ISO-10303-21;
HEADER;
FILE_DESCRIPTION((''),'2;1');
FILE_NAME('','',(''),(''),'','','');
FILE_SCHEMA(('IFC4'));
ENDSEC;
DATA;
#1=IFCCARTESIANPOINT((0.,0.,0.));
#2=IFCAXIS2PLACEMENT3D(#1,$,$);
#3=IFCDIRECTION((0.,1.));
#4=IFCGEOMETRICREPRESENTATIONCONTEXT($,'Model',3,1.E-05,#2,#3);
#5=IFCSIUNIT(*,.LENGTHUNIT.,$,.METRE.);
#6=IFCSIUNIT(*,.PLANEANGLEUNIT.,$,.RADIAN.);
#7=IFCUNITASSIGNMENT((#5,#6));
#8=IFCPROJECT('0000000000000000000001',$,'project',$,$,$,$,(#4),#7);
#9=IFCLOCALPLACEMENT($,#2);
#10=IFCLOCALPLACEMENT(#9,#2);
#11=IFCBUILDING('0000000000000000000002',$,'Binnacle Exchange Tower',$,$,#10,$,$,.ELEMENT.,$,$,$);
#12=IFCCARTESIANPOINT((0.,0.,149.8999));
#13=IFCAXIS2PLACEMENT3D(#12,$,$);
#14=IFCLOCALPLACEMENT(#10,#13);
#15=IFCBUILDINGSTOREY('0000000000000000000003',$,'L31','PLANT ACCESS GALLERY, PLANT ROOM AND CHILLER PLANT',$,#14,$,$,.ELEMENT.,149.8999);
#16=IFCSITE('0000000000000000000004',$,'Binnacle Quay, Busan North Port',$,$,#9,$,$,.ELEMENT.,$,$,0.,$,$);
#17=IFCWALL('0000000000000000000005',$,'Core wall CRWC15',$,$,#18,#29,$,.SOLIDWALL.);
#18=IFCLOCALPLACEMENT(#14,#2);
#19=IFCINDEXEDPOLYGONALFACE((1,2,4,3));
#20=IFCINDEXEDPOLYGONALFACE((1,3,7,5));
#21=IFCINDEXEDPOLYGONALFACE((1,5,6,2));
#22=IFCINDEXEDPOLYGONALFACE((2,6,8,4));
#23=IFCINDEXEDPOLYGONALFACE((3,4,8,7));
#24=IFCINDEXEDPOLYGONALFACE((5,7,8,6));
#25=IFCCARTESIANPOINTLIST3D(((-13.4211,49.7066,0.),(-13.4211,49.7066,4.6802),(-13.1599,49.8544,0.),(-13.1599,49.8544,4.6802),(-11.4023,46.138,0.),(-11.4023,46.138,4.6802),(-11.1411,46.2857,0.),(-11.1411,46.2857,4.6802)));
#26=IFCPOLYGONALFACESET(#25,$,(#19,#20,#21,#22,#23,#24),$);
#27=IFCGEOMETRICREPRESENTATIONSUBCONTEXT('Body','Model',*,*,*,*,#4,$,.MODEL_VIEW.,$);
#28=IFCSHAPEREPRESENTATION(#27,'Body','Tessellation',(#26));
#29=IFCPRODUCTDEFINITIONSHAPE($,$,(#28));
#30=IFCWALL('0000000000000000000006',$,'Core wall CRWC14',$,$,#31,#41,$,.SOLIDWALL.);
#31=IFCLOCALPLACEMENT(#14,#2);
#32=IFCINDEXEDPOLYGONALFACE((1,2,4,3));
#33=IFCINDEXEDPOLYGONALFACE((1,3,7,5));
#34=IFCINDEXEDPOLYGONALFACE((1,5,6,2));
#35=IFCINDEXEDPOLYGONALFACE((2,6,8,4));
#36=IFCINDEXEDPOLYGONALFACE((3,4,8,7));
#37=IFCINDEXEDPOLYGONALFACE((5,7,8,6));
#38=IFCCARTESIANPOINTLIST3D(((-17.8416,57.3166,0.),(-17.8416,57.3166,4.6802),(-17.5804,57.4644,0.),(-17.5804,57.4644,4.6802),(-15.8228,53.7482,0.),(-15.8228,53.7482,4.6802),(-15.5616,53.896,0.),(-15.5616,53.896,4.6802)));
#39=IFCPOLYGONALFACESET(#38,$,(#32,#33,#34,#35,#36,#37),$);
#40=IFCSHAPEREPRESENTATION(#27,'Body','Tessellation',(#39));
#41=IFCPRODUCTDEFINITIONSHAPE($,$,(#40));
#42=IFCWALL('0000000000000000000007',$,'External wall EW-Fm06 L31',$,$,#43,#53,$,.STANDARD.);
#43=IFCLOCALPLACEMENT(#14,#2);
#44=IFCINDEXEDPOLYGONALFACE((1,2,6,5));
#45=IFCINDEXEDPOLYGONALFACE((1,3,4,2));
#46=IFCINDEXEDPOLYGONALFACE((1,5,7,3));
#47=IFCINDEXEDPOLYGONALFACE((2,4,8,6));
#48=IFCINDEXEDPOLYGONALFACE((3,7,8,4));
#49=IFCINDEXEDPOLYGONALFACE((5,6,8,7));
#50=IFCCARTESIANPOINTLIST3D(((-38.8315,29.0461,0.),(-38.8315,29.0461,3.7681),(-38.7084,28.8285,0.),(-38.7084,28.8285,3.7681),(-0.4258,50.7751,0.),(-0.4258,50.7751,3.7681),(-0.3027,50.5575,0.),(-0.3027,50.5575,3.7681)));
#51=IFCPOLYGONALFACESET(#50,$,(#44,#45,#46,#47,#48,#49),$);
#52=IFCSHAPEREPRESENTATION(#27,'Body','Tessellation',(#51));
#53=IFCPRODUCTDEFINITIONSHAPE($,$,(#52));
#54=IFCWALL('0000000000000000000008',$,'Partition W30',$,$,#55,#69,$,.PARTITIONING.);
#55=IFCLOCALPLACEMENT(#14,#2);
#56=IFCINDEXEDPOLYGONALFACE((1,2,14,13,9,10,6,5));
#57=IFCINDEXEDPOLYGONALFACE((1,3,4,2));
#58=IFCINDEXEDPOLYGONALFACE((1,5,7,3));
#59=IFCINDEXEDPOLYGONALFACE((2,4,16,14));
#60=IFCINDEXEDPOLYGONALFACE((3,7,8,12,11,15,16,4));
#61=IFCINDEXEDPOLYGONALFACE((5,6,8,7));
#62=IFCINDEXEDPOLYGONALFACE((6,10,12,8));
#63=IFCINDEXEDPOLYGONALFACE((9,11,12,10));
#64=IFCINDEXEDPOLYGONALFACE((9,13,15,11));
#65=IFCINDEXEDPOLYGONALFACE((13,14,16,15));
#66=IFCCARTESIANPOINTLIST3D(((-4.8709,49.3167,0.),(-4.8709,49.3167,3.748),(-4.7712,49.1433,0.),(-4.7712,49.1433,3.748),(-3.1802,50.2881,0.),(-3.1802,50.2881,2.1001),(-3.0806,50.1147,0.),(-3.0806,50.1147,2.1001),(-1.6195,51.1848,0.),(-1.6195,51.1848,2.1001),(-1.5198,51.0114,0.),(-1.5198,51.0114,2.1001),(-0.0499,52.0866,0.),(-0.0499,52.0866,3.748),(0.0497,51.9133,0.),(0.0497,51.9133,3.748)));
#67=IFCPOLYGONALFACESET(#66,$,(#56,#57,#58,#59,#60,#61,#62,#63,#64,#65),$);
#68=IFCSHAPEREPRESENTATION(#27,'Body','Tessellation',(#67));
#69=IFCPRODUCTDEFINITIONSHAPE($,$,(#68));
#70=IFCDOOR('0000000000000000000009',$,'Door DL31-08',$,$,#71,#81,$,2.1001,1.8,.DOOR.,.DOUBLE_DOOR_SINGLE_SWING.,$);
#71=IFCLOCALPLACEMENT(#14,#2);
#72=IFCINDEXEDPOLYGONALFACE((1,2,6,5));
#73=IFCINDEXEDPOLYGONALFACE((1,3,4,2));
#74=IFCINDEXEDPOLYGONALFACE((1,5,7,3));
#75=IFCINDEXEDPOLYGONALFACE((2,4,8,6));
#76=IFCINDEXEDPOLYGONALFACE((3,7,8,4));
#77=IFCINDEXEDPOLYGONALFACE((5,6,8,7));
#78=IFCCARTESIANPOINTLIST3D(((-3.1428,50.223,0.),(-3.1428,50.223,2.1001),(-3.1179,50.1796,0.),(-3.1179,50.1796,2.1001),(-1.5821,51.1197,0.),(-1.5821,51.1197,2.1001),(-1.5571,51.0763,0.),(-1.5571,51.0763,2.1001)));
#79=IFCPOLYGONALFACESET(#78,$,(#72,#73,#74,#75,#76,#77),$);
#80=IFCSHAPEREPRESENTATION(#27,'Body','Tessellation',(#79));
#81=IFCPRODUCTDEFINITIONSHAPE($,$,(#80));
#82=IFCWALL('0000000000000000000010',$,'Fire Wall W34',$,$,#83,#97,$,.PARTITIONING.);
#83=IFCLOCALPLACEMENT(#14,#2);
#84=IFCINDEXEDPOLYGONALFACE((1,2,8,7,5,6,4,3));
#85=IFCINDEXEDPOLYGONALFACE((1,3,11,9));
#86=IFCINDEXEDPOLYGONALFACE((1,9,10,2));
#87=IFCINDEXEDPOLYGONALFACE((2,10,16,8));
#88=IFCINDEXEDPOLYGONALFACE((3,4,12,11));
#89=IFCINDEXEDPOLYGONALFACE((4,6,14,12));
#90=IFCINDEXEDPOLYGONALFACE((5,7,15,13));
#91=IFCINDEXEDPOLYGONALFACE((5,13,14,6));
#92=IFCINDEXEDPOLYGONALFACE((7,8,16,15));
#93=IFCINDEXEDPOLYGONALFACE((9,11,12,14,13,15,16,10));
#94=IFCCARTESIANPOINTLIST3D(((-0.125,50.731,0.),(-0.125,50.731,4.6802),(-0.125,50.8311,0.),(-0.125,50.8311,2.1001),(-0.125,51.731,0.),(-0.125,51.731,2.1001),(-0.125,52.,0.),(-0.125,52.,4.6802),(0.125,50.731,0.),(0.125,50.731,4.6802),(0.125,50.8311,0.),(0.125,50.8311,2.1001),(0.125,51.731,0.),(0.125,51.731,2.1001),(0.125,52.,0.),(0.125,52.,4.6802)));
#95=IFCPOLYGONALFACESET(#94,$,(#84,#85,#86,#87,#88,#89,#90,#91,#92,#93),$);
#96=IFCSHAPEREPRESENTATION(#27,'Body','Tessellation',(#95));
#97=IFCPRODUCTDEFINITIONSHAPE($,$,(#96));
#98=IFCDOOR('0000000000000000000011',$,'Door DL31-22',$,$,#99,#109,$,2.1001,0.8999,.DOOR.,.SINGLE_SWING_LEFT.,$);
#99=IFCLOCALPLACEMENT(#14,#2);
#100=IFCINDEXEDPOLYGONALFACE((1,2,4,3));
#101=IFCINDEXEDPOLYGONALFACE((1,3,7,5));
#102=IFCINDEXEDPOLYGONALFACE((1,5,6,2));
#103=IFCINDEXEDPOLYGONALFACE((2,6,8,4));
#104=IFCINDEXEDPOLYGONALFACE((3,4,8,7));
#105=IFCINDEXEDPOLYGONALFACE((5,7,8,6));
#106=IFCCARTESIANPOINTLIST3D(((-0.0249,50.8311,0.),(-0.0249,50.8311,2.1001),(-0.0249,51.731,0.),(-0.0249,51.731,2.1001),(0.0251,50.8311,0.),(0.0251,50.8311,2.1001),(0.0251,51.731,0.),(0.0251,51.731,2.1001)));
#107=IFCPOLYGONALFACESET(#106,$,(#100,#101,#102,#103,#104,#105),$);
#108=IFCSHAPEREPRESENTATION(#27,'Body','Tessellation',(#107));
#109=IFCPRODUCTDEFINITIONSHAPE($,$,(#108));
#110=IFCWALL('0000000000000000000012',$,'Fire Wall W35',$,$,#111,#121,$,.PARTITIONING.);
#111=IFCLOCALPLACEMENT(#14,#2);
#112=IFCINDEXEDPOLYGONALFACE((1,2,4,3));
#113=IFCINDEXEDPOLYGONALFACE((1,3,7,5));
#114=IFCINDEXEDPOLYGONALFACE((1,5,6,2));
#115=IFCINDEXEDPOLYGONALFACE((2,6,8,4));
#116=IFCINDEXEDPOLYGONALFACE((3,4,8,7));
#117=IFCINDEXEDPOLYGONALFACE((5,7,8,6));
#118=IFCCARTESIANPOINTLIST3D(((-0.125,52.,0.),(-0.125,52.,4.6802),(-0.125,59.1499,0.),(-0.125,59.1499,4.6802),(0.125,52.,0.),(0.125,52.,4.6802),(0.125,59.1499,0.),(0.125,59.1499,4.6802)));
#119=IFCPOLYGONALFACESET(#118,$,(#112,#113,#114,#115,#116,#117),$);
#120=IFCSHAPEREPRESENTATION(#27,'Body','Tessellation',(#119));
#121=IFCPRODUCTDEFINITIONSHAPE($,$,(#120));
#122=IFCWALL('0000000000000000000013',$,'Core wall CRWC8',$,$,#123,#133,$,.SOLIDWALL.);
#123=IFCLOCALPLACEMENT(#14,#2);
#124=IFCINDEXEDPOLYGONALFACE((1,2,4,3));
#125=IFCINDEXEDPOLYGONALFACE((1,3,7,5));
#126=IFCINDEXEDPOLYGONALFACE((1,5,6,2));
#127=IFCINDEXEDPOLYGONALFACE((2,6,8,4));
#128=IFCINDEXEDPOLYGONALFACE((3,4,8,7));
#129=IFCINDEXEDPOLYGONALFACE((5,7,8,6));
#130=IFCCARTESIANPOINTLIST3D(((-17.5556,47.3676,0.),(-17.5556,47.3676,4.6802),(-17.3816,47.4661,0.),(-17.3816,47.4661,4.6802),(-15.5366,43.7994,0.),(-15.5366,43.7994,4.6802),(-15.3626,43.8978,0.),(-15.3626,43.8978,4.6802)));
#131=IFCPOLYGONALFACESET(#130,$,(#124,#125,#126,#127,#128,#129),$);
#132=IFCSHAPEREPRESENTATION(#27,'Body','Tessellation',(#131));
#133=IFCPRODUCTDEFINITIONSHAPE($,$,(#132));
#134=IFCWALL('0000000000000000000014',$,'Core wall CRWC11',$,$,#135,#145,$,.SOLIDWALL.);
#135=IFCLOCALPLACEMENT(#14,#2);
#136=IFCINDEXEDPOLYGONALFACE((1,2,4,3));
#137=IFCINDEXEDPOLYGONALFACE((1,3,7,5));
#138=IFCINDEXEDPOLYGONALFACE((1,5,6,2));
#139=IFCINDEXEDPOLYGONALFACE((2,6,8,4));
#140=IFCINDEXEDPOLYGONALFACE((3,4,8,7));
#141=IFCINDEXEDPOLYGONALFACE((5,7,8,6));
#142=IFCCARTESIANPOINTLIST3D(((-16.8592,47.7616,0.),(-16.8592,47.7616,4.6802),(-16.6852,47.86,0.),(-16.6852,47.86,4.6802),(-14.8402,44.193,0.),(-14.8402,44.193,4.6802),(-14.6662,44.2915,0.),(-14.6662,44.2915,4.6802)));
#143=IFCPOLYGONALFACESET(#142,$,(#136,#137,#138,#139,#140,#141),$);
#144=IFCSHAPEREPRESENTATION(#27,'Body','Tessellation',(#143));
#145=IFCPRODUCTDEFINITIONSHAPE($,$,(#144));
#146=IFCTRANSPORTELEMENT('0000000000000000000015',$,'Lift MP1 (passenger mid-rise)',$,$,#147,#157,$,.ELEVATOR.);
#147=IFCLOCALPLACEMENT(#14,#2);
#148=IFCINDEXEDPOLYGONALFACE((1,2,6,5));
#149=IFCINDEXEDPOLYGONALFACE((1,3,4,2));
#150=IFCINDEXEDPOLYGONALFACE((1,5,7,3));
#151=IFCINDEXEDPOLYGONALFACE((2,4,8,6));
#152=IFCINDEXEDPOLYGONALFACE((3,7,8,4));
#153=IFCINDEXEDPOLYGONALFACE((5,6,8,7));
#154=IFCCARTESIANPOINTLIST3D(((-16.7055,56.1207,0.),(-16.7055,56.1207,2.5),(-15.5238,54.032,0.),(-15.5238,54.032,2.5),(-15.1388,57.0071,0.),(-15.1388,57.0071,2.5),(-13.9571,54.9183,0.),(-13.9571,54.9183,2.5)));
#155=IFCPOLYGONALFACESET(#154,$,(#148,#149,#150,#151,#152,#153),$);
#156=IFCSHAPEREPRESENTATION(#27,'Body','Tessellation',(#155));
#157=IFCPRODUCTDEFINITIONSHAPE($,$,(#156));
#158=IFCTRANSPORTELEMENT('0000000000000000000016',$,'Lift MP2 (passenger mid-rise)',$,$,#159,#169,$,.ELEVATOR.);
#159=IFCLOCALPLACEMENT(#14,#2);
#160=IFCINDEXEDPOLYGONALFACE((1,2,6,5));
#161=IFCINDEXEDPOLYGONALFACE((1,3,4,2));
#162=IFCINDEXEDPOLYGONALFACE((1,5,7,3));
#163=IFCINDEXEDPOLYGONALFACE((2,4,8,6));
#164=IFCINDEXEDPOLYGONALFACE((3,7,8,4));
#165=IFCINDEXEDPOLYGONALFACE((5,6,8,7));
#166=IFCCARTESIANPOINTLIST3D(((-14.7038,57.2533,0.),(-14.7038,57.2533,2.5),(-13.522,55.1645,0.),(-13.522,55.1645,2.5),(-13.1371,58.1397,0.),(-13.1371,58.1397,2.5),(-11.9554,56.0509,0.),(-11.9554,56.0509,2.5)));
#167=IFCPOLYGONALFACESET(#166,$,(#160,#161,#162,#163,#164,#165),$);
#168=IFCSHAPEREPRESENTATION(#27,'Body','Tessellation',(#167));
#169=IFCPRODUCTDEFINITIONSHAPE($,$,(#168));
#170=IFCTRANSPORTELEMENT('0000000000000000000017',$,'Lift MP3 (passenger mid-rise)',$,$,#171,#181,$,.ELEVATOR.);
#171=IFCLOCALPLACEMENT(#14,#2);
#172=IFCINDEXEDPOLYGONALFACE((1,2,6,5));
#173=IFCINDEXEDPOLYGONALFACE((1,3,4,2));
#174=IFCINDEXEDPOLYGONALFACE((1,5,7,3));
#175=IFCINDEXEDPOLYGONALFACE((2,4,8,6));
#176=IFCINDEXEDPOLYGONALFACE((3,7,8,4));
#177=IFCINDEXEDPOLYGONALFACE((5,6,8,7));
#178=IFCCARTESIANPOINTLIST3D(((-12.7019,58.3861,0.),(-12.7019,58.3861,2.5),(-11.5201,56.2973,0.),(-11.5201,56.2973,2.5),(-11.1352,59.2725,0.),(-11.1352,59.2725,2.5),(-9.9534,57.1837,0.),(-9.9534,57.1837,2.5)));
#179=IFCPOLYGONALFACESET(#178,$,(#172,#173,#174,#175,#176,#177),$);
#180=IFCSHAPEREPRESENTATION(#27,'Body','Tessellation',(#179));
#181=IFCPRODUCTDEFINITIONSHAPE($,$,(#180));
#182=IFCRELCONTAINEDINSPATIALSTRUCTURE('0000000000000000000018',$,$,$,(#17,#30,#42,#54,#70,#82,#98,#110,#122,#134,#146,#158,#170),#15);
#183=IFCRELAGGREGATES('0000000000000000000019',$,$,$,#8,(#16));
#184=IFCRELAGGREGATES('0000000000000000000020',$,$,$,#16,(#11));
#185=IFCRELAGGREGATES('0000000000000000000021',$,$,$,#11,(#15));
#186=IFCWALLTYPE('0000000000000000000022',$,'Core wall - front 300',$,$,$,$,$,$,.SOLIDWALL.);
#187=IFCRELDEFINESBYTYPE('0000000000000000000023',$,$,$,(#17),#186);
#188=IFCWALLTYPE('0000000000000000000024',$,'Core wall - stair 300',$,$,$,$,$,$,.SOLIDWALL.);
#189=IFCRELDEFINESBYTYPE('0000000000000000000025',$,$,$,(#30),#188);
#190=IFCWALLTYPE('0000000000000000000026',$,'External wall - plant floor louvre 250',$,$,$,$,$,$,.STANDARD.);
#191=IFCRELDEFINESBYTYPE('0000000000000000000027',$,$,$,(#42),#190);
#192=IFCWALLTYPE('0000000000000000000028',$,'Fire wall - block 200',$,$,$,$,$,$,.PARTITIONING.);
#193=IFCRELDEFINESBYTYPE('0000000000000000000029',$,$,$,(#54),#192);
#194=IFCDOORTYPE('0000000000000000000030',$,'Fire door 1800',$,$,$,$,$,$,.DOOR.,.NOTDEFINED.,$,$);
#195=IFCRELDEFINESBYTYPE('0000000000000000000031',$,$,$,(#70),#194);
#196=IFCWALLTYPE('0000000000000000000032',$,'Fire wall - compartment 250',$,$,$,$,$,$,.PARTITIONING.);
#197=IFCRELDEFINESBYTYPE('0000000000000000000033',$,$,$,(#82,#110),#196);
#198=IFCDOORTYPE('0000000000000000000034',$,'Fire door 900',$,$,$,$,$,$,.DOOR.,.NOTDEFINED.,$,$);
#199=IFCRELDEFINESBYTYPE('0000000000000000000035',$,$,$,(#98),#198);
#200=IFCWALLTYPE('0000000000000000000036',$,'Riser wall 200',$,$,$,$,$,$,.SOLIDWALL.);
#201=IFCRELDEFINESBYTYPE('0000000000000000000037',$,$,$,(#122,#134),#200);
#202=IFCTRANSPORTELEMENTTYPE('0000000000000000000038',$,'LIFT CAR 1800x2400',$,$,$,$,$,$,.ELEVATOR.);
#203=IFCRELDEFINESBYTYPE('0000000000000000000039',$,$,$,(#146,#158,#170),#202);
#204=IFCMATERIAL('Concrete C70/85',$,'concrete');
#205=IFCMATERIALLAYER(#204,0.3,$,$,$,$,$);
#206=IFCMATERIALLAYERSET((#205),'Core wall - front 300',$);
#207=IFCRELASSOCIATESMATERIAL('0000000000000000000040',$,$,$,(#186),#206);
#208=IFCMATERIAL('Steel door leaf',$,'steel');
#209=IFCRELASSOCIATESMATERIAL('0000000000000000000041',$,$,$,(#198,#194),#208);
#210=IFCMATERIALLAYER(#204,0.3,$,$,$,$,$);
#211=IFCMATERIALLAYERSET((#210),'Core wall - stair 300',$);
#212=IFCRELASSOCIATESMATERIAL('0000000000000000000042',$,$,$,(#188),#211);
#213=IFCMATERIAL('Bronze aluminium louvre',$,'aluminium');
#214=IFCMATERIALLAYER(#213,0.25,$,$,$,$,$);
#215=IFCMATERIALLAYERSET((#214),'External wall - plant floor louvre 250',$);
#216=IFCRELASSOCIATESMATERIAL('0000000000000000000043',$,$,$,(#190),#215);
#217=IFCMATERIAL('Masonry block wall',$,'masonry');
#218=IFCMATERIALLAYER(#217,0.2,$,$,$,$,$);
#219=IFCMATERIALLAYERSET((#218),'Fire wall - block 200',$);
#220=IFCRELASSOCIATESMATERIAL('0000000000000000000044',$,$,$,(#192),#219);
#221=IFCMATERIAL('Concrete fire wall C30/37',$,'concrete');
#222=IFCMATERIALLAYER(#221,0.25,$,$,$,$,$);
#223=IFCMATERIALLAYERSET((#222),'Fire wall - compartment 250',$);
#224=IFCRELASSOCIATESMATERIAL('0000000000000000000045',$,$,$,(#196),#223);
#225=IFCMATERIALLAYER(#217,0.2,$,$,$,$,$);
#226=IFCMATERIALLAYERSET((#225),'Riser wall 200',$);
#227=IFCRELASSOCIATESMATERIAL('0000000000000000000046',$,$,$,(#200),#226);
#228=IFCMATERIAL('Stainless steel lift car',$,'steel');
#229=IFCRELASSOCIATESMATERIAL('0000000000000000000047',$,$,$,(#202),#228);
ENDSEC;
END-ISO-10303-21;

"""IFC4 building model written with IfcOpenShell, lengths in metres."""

from ifc_helpers import new_model, si_unit, direction, frame, frame_2d, origin, origin_2d, place, context, subcontext, project, spatial, rectangle, extrude, material, layer, layer_set, type_object, element, fill, save


model = new_model("IFC4")

# Units and contexts
model_context = context("Model", 3, precision=1e-05, world=origin(), true_north=direction((0.0, 1.0)))
body_context = subcontext(model_context, "Body", "Model", "MODEL_VIEW")
ifc_project = project(units=[si_unit("LENGTHUNIT", "METRE"), si_unit("PLANEANGLEUNIT", "RADIAN")], contexts=[model_context])

# Site, building, storey
site_placement = place(None, origin())
site = spatial("IfcSite", under=ifc_project, at=site_placement, Name="Binnacle Quay, Busan North Port", CompositionType="ELEMENT", RefElevation=0.0)
building_placement = place(site_placement, origin())
building = spatial("IfcBuilding", under=site, at=building_placement, Name="Binnacle Exchange Tower", CompositionType="ELEMENT")
storey_placement = place(building_placement, frame((0.0, 0.0, 149.8999)))
storey = spatial("IfcBuildingStorey", under=building, at=storey_placement, Name="L31", Description="PLANT ACCESS GALLERY, PLANT ROOM AND CHILLER PLANT", CompositionType="ELEMENT", Elevation=149.8999)

# Shared definitions
ifc_material_1 = material(Name="Concrete C70/85", Category="concrete")

# Shared definitions
ifc_layer_1 = layer(ifc_material_1, 0.3)
ifc_layer_set_1 = layer_set([ifc_layer_1], Name="Core wall - front 300")
wall_type_1 = type_object("IfcWallType", Name="Core wall - front 300", PredefinedType="SOLIDWALL", material=ifc_layer_set_1)
ifc_material_2 = material(Name="Steel door leaf", Category="steel")
door_type_1 = type_object("IfcDoorType", Name="Fire door 900", OperationType="NOTDEFINED", PredefinedType="DOOR", material=ifc_material_2)

# Walls
wall_1_placement = place(storey_placement, frame((-13.2905, 49.7805, 0.0), z_axis=(0.0, 0.0, 1.0), x_axis=(0.492383, -0.870379, 0.0)))
element("IfcWall", 1, at=wall_1_placement, inside=storey, type_object=wall_type_1, Name="Core wall CRWC15", PredefinedType="SOLIDWALL", context=body_context, shape_type="SweptSolid", body=[
    extrude(rectangle(XDim=4.1001, YDim=0.3, at=frame_2d((2.05, 0.0))), origin(), (0.0, 0.0, 1.0), 4.6802),
])
ifc_layer_2 = layer(ifc_material_1, 0.3)
ifc_layer_set_2 = layer_set([ifc_layer_2], Name="Core wall - stair 300")
wall_type_2 = type_object("IfcWallType", Name="Core wall - stair 300", PredefinedType="SOLIDWALL", material=ifc_layer_set_2)
wall_2_placement = place(storey_placement, frame((-17.7109, 57.3904, 0.0), z_axis=(0.0, 0.0, 1.0), x_axis=(0.492408, -0.870364, 0.0)))
element("IfcWall", 2, at=wall_2_placement, inside=storey, type_object=wall_type_2, Name="Core wall CRWC14", PredefinedType="SOLIDWALL", context=body_context, shape_type="SweptSolid", body=[
    extrude(rectangle(XDim=4.0999, YDim=0.3, at=frame_2d((2.0498, 0.0))), origin(), (0.0, 0.0, 1.0), 4.6802),
])
ifc_material_3 = material(Name="Bronze aluminium louvre", Category="aluminium")
ifc_layer_3 = layer(ifc_material_3, 0.25)
ifc_layer_set_3 = layer_set([ifc_layer_3], Name="External wall - plant floor louvre 250")
wall_type_3 = type_object("IfcWallType", Name="External wall - plant floor louvre 250", PredefinedType="STANDARD", material=ifc_layer_set_3)
wall_3_placement = place(storey_placement, frame((-0.3643, 50.6663, 0.0), z_axis=(0.0, 0.0, 1.0), x_axis=(-0.870355, -0.492425, 0.0)))
element("IfcWall", 3, at=wall_3_placement, inside=storey, type_object=wall_type_3, Name="External wall EW-Fm06 L31", PredefinedType="STANDARD", context=body_context, shape_type="SweptSolid", body=[
    extrude(rectangle(XDim=44.1265, YDim=0.25, at=frame_2d((22.0632, 0.0))), origin(), (0.0, 0.0, 1.0), 3.7681),
])

# Walls, openings, doors
ifc_material_4 = material(Name="Masonry block wall", Category="masonry")
ifc_layer_4 = layer(ifc_material_4, 0.2)
ifc_layer_set_4 = layer_set([ifc_layer_4], Name="Fire wall - block 200")
wall_type_4 = type_object("IfcWallType", Name="Fire wall - block 200", PredefinedType="PARTITIONING", material=ifc_layer_set_4)
wall_4_placement = place(storey_placement, frame((-4.821, 49.23, 0.0), z_axis=(0.0, 0.0, 1.0), x_axis=(0.867068, 0.49819, 0.0)))
wall_4 = element("IfcWall", 4, at=wall_4_placement, inside=storey, type_object=wall_type_4, Name="Partition W30", PredefinedType="PARTITIONING", context=body_context, shape_type="SweptSolid", body=[
    extrude(rectangle(XDim=5.5601, YDim=0.2, at=frame_2d((2.78, 0.0))), origin(), (0.0, 0.0, 1.0), 3.748),
])
opening_1_placement = place(wall_4_placement, frame((1.95, 0.0, 0.0)))
opening_1 = element("IfcOpeningElement", 5, at=opening_1_placement, cuts=wall_4, PredefinedType="OPENING", context=body_context, shape_type="SweptSolid", body=[
    extrude(rectangle(XDim=1.8, YDim=2.1001, at=frame_2d((0.8999, 1.05))), frame((0.0, 0.1099, 0.0), z_axis=(0.0, -1.0, 0.0), x_axis=(1.0, 0.0, 0.0)), (0.0, 0.0, 1.0), 0.22),
])
door_type_2 = type_object("IfcDoorType", Name="Fire door 1800", OperationType="NOTDEFINED", PredefinedType="DOOR", material=ifc_material_2)
door_1_placement = place(opening_1_placement, origin())
door_1 = element("IfcDoor", 6, at=door_1_placement, inside=storey, type_object=door_type_2, Name="Door DL31-08", OperationType="DOUBLE_DOOR_SINGLE_SWING", OverallHeight=2.1001, OverallWidth=1.8, PredefinedType="DOOR", context=body_context, shape_type="SweptSolid", body=[
    extrude(rectangle(XDim=1.8, YDim=2.1001, at=frame_2d((0.8999, 1.05))), frame((0.0, 0.0249, 0.0), z_axis=(0.0, -1.0, 0.0), x_axis=(1.0, 0.0, 0.0)), (0.0, 0.0, 1.0), 0.05),
])
fill(opening_1, door_1)
ifc_material_5 = material(Name="Concrete fire wall C30/37", Category="concrete")
ifc_layer_5 = layer(ifc_material_5, 0.25)
ifc_layer_set_5 = layer_set([ifc_layer_5], Name="Fire wall - compartment 250")
wall_type_5 = type_object("IfcWallType", Name="Fire wall - compartment 250", PredefinedType="PARTITIONING", material=ifc_layer_set_5)
wall_5_placement = place(storey_placement, frame((0.0, 50.731, 0.0), z_axis=(0.0, 0.0, 1.0), x_axis=(0.0, 1.0, 0.0)))
wall_5 = element("IfcWall", 7, at=wall_5_placement, inside=storey, type_object=wall_type_5, Name="Fire Wall W34", PredefinedType="PARTITIONING", context=body_context, shape_type="SweptSolid", body=[
    extrude(rectangle(XDim=1.269, YDim=0.25, at=frame_2d((0.6345, 0.0))), origin(), (0.0, 0.0, 1.0), 4.6802),
])
opening_2_placement = place(wall_5_placement, frame((0.1001, 0.0, 0.0)))
opening_2 = element("IfcOpeningElement", 8, at=opening_2_placement, cuts=wall_5, PredefinedType="OPENING", context=body_context, shape_type="SweptSolid", body=[
    extrude(rectangle(XDim=0.8999, YDim=2.1001, at=frame_2d((0.45, 1.05))), frame((0.0, 0.135, 0.0), z_axis=(0.0, -1.0, 0.0), x_axis=(1.0, 0.0, 0.0)), (0.0, 0.0, 1.0), 0.27),
])
door_2_placement = place(opening_2_placement, origin())
door_2 = element("IfcDoor", 9, at=door_2_placement, inside=storey, type_object=door_type_1, Name="Door DL31-22", OperationType="SINGLE_SWING_LEFT", OverallHeight=2.1001, OverallWidth=0.8999, PredefinedType="DOOR", context=body_context, shape_type="SweptSolid", body=[
    extrude(rectangle(XDim=0.8999, YDim=2.1001, at=frame_2d((0.45, 1.05))), frame((0.0, 0.0249, 0.0), z_axis=(0.0, -1.0, 0.0), x_axis=(1.0, 0.0, 0.0)), (0.0, 0.0, 1.0), 0.05),
])
fill(opening_2, door_2)

# Walls
wall_6_placement = place(storey_placement, frame((0.0, 52.0, 0.0), z_axis=(0.0, 0.0, 1.0), x_axis=(0.0, 1.0, 0.0)))
element("IfcWall", 10, at=wall_6_placement, inside=storey, type_object=wall_type_5, Name="Fire Wall W35", PredefinedType="PARTITIONING", context=body_context, shape_type="SweptSolid", body=[
    extrude(rectangle(XDim=7.1499, YDim=0.25, at=frame_2d((3.575, 0.0))), origin(), (0.0, 0.0, 1.0), 4.6802),
])
ifc_layer_6 = layer(ifc_material_4, 0.2)
ifc_layer_set_6 = layer_set([ifc_layer_6], Name="Riser wall 200")
wall_type_6 = type_object("IfcWallType", Name="Riser wall 200", PredefinedType="SOLIDWALL", material=ifc_layer_set_6)
wall_7_placement = place(storey_placement, frame((-17.4685, 47.4167, 0.0), z_axis=(0.0, 0.0, 1.0), x_axis=(0.492454, -0.870339, 0.0)))
element("IfcWall", 11, at=wall_7_placement, inside=storey, type_object=wall_type_6, Name="Core wall CRWC8", PredefinedType="SOLIDWALL", context=body_context, shape_type="SweptSolid", body=[
    extrude(rectangle(XDim=4.0999, YDim=0.2, at=frame_2d((2.0498, 0.0))), origin(), (0.0, 0.0, 1.0), 4.6802),
])
wall_8_placement = place(storey_placement, frame((-16.7722, 47.8108, 0.0), z_axis=(0.0, 0.0, 1.0), x_axis=(0.492428, -0.870353, 0.0)))
element("IfcWall", 12, at=wall_8_placement, inside=storey, type_object=wall_type_6, Name="Core wall CRWC11", PredefinedType="SOLIDWALL", context=body_context, shape_type="SweptSolid", body=[
    extrude(rectangle(XDim=4.1001, YDim=0.2, at=frame_2d((2.05, 0.0))), origin(), (0.0, 0.0, 1.0), 4.6802),
])

# Transport elements
ifc_material_6 = material(Name="Stainless steel lift car", Category="steel")
transport_element_type = type_object("IfcTransportElementType", Name="LIFT CAR 1800x2400", PredefinedType="ELEVATOR", material=ifc_material_6)
for number, where, z_axis, x_axis, name in (
    (13, (-15.3313, 55.5195, 0.0), (0.0, 0.0, 1.0), (0.870356, 0.492424, 0.0), "Lift MP1 (passenger mid-rise)"),
    (14, (-13.3296, 56.6521, 0.0), (0.0, 0.0, 1.0), (0.870356, 0.492424, 0.0), "Lift MP2 (passenger mid-rise)"),
    (15, (-11.3276, 57.7849, 0.0), (0.0, 0.0, 1.0), (0.870356, 0.492424, 0.0), "Lift MP3 (passenger mid-rise)"),
):
    element("IfcTransportElement", number, at=place(storey_placement, frame(where, z_axis=z_axis, x_axis=x_axis)), inside=storey, type_object=transport_element_type, Name=name, PredefinedType="ELEVATOR", context=body_context, shape_type="SweptSolid", body=[
        extrude(rectangle(XDim=1.8, YDim=2.3999, at=origin_2d()), origin(), (0.0, 0.0, 1.0), 2.5),
    ])

save(model, "model.ifc")
